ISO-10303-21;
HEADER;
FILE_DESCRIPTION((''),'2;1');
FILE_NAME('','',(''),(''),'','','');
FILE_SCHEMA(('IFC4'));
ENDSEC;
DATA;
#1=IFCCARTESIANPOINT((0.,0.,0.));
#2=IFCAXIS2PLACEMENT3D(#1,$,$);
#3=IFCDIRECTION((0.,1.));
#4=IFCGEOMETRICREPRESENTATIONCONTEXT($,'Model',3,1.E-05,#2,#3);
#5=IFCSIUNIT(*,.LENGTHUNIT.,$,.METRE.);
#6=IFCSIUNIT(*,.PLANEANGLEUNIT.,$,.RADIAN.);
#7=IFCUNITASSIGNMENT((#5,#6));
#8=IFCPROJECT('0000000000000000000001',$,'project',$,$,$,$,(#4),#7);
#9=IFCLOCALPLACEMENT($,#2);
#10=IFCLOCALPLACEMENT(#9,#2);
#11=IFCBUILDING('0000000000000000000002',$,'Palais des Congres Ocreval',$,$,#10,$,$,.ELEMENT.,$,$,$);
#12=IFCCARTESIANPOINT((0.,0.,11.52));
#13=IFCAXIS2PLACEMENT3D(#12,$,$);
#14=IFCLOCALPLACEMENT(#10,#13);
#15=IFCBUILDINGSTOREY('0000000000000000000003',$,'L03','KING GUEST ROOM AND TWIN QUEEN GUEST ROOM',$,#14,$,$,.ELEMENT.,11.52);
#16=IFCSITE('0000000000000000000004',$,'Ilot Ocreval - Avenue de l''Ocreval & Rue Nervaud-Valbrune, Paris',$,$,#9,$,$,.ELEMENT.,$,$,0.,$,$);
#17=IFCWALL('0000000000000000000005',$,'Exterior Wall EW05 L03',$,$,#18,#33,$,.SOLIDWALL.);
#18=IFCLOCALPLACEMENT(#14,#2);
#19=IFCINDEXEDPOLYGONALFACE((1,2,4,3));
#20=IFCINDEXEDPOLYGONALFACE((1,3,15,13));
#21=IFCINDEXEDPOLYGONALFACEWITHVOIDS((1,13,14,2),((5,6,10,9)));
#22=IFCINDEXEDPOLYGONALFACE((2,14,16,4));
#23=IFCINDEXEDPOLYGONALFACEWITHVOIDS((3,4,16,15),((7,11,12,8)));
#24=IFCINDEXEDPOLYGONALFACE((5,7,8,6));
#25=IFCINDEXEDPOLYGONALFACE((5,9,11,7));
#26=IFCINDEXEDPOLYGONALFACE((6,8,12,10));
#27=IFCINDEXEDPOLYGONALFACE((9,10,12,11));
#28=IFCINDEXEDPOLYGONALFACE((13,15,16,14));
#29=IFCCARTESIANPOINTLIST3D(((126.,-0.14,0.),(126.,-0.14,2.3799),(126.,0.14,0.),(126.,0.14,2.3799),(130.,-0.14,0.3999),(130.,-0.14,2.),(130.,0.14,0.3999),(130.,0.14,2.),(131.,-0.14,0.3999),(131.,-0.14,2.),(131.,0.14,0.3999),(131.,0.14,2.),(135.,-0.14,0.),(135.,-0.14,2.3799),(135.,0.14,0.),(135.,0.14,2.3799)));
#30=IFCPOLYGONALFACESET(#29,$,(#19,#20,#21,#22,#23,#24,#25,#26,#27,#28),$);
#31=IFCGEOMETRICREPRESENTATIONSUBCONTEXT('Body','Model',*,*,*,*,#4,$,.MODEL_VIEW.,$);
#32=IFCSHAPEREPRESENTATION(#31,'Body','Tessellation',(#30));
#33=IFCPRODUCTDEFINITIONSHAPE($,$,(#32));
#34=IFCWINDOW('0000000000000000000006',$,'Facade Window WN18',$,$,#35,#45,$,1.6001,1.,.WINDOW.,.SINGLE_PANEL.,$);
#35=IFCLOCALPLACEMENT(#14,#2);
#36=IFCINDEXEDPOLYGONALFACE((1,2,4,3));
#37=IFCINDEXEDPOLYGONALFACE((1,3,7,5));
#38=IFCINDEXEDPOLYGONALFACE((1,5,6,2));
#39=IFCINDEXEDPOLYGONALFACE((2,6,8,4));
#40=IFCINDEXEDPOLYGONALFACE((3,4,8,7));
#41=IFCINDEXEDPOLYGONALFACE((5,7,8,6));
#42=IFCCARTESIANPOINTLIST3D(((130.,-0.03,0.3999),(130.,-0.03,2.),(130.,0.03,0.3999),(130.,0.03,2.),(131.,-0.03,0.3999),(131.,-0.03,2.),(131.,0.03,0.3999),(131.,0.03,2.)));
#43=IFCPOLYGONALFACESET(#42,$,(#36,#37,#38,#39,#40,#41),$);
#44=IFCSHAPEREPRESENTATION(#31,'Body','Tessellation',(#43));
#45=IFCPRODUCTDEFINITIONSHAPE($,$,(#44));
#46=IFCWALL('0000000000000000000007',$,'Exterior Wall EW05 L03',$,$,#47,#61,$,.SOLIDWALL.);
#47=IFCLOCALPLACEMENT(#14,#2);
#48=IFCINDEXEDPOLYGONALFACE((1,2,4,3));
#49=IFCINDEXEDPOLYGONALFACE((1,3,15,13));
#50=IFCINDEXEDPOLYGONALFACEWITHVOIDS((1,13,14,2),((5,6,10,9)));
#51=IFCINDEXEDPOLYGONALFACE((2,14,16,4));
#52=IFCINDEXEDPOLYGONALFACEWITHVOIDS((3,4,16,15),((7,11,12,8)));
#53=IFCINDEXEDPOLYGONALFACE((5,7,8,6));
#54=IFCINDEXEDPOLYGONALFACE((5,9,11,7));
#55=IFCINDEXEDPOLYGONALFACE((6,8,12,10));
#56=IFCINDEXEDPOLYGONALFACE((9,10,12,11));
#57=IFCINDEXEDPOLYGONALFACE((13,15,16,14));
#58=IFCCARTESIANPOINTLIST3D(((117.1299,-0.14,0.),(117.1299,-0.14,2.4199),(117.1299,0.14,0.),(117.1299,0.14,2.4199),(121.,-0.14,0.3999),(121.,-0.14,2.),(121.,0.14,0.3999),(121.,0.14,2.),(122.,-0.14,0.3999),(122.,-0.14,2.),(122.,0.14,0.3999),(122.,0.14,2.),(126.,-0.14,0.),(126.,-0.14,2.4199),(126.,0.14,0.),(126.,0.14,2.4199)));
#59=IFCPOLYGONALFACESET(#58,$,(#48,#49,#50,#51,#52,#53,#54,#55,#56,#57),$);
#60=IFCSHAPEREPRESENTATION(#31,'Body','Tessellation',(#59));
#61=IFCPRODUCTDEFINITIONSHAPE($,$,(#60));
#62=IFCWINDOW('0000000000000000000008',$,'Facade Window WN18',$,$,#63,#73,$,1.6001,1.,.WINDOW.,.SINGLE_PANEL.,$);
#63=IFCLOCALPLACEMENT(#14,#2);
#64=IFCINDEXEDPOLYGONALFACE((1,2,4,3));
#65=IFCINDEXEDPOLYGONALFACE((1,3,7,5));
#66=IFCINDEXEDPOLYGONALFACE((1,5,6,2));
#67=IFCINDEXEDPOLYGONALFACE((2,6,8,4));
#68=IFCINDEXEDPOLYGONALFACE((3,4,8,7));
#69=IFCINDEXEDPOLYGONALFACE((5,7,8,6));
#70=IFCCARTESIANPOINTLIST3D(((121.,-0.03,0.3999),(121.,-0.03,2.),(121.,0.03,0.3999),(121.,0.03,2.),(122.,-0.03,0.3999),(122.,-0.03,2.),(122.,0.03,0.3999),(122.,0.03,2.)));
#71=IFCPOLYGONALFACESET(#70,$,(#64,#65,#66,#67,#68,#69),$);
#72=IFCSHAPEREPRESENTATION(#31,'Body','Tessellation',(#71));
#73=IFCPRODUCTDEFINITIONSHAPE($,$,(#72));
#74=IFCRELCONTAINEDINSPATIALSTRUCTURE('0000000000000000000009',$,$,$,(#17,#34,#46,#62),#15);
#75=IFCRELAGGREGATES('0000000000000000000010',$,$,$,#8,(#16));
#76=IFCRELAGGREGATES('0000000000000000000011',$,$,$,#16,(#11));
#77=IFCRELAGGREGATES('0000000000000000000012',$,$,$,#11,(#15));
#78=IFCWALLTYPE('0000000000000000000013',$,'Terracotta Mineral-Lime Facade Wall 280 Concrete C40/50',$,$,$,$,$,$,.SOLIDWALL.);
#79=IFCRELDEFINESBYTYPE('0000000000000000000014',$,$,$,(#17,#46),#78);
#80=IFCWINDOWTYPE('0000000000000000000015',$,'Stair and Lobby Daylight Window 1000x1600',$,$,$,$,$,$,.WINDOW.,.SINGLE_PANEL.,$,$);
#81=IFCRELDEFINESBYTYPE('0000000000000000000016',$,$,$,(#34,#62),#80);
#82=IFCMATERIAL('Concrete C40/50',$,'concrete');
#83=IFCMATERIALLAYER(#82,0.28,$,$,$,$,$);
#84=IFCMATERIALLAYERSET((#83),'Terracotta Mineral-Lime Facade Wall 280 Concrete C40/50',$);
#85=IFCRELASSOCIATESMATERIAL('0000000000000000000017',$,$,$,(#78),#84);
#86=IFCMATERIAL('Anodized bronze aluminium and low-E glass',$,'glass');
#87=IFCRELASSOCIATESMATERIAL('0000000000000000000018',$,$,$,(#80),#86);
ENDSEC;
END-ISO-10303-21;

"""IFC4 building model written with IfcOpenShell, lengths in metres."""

from ifc_helpers import new_model, si_unit, direction, frame, frame_2d, origin, place, context, subcontext, project, spatial, rectangle, extrude, material, layer, layer_set, type_object, element, fill, save


model = new_model("IFC4")

# Units and contexts
model_context = context("Model", 3, precision=1e-05, world=origin(), true_north=direction((0.0, 1.0)))
body_context = subcontext(model_context, "Body", "Model", "MODEL_VIEW")
ifc_project = project(units=[si_unit("LENGTHUNIT", "METRE"), si_unit("PLANEANGLEUNIT", "RADIAN")], contexts=[model_context])

# Site, building, storey
site_placement = place(None, origin())
site = spatial("IfcSite", under=ifc_project, at=site_placement, Name="Ilot Ocreval - Avenue de l'Ocreval & Rue Nervaud-Valbrune, Paris", CompositionType="ELEMENT", RefElevation=0.0)
building_placement = place(site_placement, origin())
building = spatial("IfcBuilding", under=site, at=building_placement, Name="Palais des Congres Ocreval", CompositionType="ELEMENT")
storey_placement = place(building_placement, frame((0.0, 0.0, 11.52)))
storey = spatial("IfcBuildingStorey", under=building, at=storey_placement, Name="L03", Description="KING GUEST ROOM AND TWIN QUEEN GUEST ROOM", CompositionType="ELEMENT", Elevation=11.52)

# Shared definitions
ifc_material_1 = material(Name="Concrete C40/50", Category="concrete")
ifc_layer_1 = layer(ifc_material_1, 0.28)
ifc_layer_set_1 = layer_set([ifc_layer_1], Name="Terracotta Mineral-Lime Facade Wall 280 Concrete C40/50")
wall_type_1 = type_object("IfcWallType", Name="Terracotta Mineral-Lime Facade Wall 280 Concrete C40/50", PredefinedType="SOLIDWALL", material=ifc_layer_set_1)

# Walls, openings, windows
ifc_material_2 = material(Name="Anodized bronze aluminium and low-E glass", Category="glass")
window_type = type_object("IfcWindowType", Name="Stair and Lobby Daylight Window 1000x1600", PartitioningType="SINGLE_PANEL", PredefinedType="WINDOW", material=ifc_material_2)
wall_1_placement = place(storey_placement, frame((135.0, 0.0, 0.0), z_axis=(0.0, 0.0, 1.0), x_axis=(-1.0, 0.0, 0.0)))
wall_1 = element("IfcWall", 1, at=wall_1_placement, inside=storey, type_object=wall_type_1, Name="Exterior Wall EW05 L03", PredefinedType="SOLIDWALL", context=body_context, shape_type="SweptSolid", body=[
    extrude(rectangle(XDim=9.0, YDim=0.28, at=frame_2d((4.5, 0.0))), origin(), (0.0, 0.0, 1.0), 2.3799),
])
opening_1_placement = place(wall_1_placement, frame((4.0, 0.0, 0.3999)))
opening_1 = element("IfcOpeningElement", 2, at=opening_1_placement, cuts=wall_1, PredefinedType="OPENING", context=body_context, shape_type="SweptSolid", body=[
    extrude(rectangle(XDim=1.0, YDim=1.6001, at=frame_2d((0.5, 0.8))), frame((0.0, 0.1499, 0.0), z_axis=(0.0, -1.0, 0.0), x_axis=(1.0, 0.0, 0.0)), (0.0, 0.0, 1.0), 0.3),
])
window_1_placement = place(opening_1_placement, origin())
window_1 = element("IfcWindow", 3, at=window_1_placement, inside=storey, type_object=window_type, Name="Facade Window WN18", OverallHeight=1.6001, OverallWidth=1.0, PartitioningType="SINGLE_PANEL", PredefinedType="WINDOW", context=body_context, shape_type="SweptSolid", body=[
    extrude(rectangle(XDim=1.0, YDim=1.6001, at=frame_2d((0.5, 0.8))), frame((0.0, 0.03, 0.0), z_axis=(0.0, -1.0, 0.0), x_axis=(1.0, 0.0, 0.0)), (0.0, 0.0, 1.0), 0.0601),
])
fill(opening_1, window_1)
wall_2_placement = place(storey_placement, frame((126.0, 0.0, 0.0), z_axis=(0.0, 0.0, 1.0), x_axis=(-1.0, 0.0, 0.0)))
wall_2 = element("IfcWall", 4, at=wall_2_placement, inside=storey, type_object=wall_type_1, Name="Exterior Wall EW05 L03", PredefinedType="SOLIDWALL", context=body_context, shape_type="SweptSolid", body=[
    extrude(rectangle(XDim=8.8701, YDim=0.28, at=frame_2d((4.4351, 0.0))), origin(), (0.0, 0.0, 1.0), 2.4199),
])
opening_2_placement = place(wall_2_placement, frame((4.0, 0.0, 0.3999)))
opening_2 = element("IfcOpeningElement", 5, at=opening_2_placement, cuts=wall_2, PredefinedType="OPENING", context=body_context, shape_type="SweptSolid", body=[
    extrude(rectangle(XDim=1.0, YDim=1.6001, at=frame_2d((0.5, 0.8))), frame((0.0, 0.1499, 0.0), z_axis=(0.0, -1.0, 0.0), x_axis=(1.0, 0.0, 0.0)), (0.0, 0.0, 1.0), 0.3),
])
window_2_placement = place(opening_2_placement, origin())
window_2 = element("IfcWindow", 6, at=window_2_placement, inside=storey, type_object=window_type, Name="Facade Window WN18", OverallHeight=1.6001, OverallWidth=1.0, PartitioningType="SINGLE_PANEL", PredefinedType="WINDOW", context=body_context, shape_type="SweptSolid", body=[
    extrude(rectangle(XDim=1.0, YDim=1.6001, at=frame_2d((0.5, 0.8))), frame((0.0, 0.03, 0.0), z_axis=(0.0, -1.0, 0.0), x_axis=(1.0, 0.0, 0.0)), (0.0, 0.0, 1.0), 0.0601),
])
fill(opening_2, window_2)

save(model, "model.ifc")
